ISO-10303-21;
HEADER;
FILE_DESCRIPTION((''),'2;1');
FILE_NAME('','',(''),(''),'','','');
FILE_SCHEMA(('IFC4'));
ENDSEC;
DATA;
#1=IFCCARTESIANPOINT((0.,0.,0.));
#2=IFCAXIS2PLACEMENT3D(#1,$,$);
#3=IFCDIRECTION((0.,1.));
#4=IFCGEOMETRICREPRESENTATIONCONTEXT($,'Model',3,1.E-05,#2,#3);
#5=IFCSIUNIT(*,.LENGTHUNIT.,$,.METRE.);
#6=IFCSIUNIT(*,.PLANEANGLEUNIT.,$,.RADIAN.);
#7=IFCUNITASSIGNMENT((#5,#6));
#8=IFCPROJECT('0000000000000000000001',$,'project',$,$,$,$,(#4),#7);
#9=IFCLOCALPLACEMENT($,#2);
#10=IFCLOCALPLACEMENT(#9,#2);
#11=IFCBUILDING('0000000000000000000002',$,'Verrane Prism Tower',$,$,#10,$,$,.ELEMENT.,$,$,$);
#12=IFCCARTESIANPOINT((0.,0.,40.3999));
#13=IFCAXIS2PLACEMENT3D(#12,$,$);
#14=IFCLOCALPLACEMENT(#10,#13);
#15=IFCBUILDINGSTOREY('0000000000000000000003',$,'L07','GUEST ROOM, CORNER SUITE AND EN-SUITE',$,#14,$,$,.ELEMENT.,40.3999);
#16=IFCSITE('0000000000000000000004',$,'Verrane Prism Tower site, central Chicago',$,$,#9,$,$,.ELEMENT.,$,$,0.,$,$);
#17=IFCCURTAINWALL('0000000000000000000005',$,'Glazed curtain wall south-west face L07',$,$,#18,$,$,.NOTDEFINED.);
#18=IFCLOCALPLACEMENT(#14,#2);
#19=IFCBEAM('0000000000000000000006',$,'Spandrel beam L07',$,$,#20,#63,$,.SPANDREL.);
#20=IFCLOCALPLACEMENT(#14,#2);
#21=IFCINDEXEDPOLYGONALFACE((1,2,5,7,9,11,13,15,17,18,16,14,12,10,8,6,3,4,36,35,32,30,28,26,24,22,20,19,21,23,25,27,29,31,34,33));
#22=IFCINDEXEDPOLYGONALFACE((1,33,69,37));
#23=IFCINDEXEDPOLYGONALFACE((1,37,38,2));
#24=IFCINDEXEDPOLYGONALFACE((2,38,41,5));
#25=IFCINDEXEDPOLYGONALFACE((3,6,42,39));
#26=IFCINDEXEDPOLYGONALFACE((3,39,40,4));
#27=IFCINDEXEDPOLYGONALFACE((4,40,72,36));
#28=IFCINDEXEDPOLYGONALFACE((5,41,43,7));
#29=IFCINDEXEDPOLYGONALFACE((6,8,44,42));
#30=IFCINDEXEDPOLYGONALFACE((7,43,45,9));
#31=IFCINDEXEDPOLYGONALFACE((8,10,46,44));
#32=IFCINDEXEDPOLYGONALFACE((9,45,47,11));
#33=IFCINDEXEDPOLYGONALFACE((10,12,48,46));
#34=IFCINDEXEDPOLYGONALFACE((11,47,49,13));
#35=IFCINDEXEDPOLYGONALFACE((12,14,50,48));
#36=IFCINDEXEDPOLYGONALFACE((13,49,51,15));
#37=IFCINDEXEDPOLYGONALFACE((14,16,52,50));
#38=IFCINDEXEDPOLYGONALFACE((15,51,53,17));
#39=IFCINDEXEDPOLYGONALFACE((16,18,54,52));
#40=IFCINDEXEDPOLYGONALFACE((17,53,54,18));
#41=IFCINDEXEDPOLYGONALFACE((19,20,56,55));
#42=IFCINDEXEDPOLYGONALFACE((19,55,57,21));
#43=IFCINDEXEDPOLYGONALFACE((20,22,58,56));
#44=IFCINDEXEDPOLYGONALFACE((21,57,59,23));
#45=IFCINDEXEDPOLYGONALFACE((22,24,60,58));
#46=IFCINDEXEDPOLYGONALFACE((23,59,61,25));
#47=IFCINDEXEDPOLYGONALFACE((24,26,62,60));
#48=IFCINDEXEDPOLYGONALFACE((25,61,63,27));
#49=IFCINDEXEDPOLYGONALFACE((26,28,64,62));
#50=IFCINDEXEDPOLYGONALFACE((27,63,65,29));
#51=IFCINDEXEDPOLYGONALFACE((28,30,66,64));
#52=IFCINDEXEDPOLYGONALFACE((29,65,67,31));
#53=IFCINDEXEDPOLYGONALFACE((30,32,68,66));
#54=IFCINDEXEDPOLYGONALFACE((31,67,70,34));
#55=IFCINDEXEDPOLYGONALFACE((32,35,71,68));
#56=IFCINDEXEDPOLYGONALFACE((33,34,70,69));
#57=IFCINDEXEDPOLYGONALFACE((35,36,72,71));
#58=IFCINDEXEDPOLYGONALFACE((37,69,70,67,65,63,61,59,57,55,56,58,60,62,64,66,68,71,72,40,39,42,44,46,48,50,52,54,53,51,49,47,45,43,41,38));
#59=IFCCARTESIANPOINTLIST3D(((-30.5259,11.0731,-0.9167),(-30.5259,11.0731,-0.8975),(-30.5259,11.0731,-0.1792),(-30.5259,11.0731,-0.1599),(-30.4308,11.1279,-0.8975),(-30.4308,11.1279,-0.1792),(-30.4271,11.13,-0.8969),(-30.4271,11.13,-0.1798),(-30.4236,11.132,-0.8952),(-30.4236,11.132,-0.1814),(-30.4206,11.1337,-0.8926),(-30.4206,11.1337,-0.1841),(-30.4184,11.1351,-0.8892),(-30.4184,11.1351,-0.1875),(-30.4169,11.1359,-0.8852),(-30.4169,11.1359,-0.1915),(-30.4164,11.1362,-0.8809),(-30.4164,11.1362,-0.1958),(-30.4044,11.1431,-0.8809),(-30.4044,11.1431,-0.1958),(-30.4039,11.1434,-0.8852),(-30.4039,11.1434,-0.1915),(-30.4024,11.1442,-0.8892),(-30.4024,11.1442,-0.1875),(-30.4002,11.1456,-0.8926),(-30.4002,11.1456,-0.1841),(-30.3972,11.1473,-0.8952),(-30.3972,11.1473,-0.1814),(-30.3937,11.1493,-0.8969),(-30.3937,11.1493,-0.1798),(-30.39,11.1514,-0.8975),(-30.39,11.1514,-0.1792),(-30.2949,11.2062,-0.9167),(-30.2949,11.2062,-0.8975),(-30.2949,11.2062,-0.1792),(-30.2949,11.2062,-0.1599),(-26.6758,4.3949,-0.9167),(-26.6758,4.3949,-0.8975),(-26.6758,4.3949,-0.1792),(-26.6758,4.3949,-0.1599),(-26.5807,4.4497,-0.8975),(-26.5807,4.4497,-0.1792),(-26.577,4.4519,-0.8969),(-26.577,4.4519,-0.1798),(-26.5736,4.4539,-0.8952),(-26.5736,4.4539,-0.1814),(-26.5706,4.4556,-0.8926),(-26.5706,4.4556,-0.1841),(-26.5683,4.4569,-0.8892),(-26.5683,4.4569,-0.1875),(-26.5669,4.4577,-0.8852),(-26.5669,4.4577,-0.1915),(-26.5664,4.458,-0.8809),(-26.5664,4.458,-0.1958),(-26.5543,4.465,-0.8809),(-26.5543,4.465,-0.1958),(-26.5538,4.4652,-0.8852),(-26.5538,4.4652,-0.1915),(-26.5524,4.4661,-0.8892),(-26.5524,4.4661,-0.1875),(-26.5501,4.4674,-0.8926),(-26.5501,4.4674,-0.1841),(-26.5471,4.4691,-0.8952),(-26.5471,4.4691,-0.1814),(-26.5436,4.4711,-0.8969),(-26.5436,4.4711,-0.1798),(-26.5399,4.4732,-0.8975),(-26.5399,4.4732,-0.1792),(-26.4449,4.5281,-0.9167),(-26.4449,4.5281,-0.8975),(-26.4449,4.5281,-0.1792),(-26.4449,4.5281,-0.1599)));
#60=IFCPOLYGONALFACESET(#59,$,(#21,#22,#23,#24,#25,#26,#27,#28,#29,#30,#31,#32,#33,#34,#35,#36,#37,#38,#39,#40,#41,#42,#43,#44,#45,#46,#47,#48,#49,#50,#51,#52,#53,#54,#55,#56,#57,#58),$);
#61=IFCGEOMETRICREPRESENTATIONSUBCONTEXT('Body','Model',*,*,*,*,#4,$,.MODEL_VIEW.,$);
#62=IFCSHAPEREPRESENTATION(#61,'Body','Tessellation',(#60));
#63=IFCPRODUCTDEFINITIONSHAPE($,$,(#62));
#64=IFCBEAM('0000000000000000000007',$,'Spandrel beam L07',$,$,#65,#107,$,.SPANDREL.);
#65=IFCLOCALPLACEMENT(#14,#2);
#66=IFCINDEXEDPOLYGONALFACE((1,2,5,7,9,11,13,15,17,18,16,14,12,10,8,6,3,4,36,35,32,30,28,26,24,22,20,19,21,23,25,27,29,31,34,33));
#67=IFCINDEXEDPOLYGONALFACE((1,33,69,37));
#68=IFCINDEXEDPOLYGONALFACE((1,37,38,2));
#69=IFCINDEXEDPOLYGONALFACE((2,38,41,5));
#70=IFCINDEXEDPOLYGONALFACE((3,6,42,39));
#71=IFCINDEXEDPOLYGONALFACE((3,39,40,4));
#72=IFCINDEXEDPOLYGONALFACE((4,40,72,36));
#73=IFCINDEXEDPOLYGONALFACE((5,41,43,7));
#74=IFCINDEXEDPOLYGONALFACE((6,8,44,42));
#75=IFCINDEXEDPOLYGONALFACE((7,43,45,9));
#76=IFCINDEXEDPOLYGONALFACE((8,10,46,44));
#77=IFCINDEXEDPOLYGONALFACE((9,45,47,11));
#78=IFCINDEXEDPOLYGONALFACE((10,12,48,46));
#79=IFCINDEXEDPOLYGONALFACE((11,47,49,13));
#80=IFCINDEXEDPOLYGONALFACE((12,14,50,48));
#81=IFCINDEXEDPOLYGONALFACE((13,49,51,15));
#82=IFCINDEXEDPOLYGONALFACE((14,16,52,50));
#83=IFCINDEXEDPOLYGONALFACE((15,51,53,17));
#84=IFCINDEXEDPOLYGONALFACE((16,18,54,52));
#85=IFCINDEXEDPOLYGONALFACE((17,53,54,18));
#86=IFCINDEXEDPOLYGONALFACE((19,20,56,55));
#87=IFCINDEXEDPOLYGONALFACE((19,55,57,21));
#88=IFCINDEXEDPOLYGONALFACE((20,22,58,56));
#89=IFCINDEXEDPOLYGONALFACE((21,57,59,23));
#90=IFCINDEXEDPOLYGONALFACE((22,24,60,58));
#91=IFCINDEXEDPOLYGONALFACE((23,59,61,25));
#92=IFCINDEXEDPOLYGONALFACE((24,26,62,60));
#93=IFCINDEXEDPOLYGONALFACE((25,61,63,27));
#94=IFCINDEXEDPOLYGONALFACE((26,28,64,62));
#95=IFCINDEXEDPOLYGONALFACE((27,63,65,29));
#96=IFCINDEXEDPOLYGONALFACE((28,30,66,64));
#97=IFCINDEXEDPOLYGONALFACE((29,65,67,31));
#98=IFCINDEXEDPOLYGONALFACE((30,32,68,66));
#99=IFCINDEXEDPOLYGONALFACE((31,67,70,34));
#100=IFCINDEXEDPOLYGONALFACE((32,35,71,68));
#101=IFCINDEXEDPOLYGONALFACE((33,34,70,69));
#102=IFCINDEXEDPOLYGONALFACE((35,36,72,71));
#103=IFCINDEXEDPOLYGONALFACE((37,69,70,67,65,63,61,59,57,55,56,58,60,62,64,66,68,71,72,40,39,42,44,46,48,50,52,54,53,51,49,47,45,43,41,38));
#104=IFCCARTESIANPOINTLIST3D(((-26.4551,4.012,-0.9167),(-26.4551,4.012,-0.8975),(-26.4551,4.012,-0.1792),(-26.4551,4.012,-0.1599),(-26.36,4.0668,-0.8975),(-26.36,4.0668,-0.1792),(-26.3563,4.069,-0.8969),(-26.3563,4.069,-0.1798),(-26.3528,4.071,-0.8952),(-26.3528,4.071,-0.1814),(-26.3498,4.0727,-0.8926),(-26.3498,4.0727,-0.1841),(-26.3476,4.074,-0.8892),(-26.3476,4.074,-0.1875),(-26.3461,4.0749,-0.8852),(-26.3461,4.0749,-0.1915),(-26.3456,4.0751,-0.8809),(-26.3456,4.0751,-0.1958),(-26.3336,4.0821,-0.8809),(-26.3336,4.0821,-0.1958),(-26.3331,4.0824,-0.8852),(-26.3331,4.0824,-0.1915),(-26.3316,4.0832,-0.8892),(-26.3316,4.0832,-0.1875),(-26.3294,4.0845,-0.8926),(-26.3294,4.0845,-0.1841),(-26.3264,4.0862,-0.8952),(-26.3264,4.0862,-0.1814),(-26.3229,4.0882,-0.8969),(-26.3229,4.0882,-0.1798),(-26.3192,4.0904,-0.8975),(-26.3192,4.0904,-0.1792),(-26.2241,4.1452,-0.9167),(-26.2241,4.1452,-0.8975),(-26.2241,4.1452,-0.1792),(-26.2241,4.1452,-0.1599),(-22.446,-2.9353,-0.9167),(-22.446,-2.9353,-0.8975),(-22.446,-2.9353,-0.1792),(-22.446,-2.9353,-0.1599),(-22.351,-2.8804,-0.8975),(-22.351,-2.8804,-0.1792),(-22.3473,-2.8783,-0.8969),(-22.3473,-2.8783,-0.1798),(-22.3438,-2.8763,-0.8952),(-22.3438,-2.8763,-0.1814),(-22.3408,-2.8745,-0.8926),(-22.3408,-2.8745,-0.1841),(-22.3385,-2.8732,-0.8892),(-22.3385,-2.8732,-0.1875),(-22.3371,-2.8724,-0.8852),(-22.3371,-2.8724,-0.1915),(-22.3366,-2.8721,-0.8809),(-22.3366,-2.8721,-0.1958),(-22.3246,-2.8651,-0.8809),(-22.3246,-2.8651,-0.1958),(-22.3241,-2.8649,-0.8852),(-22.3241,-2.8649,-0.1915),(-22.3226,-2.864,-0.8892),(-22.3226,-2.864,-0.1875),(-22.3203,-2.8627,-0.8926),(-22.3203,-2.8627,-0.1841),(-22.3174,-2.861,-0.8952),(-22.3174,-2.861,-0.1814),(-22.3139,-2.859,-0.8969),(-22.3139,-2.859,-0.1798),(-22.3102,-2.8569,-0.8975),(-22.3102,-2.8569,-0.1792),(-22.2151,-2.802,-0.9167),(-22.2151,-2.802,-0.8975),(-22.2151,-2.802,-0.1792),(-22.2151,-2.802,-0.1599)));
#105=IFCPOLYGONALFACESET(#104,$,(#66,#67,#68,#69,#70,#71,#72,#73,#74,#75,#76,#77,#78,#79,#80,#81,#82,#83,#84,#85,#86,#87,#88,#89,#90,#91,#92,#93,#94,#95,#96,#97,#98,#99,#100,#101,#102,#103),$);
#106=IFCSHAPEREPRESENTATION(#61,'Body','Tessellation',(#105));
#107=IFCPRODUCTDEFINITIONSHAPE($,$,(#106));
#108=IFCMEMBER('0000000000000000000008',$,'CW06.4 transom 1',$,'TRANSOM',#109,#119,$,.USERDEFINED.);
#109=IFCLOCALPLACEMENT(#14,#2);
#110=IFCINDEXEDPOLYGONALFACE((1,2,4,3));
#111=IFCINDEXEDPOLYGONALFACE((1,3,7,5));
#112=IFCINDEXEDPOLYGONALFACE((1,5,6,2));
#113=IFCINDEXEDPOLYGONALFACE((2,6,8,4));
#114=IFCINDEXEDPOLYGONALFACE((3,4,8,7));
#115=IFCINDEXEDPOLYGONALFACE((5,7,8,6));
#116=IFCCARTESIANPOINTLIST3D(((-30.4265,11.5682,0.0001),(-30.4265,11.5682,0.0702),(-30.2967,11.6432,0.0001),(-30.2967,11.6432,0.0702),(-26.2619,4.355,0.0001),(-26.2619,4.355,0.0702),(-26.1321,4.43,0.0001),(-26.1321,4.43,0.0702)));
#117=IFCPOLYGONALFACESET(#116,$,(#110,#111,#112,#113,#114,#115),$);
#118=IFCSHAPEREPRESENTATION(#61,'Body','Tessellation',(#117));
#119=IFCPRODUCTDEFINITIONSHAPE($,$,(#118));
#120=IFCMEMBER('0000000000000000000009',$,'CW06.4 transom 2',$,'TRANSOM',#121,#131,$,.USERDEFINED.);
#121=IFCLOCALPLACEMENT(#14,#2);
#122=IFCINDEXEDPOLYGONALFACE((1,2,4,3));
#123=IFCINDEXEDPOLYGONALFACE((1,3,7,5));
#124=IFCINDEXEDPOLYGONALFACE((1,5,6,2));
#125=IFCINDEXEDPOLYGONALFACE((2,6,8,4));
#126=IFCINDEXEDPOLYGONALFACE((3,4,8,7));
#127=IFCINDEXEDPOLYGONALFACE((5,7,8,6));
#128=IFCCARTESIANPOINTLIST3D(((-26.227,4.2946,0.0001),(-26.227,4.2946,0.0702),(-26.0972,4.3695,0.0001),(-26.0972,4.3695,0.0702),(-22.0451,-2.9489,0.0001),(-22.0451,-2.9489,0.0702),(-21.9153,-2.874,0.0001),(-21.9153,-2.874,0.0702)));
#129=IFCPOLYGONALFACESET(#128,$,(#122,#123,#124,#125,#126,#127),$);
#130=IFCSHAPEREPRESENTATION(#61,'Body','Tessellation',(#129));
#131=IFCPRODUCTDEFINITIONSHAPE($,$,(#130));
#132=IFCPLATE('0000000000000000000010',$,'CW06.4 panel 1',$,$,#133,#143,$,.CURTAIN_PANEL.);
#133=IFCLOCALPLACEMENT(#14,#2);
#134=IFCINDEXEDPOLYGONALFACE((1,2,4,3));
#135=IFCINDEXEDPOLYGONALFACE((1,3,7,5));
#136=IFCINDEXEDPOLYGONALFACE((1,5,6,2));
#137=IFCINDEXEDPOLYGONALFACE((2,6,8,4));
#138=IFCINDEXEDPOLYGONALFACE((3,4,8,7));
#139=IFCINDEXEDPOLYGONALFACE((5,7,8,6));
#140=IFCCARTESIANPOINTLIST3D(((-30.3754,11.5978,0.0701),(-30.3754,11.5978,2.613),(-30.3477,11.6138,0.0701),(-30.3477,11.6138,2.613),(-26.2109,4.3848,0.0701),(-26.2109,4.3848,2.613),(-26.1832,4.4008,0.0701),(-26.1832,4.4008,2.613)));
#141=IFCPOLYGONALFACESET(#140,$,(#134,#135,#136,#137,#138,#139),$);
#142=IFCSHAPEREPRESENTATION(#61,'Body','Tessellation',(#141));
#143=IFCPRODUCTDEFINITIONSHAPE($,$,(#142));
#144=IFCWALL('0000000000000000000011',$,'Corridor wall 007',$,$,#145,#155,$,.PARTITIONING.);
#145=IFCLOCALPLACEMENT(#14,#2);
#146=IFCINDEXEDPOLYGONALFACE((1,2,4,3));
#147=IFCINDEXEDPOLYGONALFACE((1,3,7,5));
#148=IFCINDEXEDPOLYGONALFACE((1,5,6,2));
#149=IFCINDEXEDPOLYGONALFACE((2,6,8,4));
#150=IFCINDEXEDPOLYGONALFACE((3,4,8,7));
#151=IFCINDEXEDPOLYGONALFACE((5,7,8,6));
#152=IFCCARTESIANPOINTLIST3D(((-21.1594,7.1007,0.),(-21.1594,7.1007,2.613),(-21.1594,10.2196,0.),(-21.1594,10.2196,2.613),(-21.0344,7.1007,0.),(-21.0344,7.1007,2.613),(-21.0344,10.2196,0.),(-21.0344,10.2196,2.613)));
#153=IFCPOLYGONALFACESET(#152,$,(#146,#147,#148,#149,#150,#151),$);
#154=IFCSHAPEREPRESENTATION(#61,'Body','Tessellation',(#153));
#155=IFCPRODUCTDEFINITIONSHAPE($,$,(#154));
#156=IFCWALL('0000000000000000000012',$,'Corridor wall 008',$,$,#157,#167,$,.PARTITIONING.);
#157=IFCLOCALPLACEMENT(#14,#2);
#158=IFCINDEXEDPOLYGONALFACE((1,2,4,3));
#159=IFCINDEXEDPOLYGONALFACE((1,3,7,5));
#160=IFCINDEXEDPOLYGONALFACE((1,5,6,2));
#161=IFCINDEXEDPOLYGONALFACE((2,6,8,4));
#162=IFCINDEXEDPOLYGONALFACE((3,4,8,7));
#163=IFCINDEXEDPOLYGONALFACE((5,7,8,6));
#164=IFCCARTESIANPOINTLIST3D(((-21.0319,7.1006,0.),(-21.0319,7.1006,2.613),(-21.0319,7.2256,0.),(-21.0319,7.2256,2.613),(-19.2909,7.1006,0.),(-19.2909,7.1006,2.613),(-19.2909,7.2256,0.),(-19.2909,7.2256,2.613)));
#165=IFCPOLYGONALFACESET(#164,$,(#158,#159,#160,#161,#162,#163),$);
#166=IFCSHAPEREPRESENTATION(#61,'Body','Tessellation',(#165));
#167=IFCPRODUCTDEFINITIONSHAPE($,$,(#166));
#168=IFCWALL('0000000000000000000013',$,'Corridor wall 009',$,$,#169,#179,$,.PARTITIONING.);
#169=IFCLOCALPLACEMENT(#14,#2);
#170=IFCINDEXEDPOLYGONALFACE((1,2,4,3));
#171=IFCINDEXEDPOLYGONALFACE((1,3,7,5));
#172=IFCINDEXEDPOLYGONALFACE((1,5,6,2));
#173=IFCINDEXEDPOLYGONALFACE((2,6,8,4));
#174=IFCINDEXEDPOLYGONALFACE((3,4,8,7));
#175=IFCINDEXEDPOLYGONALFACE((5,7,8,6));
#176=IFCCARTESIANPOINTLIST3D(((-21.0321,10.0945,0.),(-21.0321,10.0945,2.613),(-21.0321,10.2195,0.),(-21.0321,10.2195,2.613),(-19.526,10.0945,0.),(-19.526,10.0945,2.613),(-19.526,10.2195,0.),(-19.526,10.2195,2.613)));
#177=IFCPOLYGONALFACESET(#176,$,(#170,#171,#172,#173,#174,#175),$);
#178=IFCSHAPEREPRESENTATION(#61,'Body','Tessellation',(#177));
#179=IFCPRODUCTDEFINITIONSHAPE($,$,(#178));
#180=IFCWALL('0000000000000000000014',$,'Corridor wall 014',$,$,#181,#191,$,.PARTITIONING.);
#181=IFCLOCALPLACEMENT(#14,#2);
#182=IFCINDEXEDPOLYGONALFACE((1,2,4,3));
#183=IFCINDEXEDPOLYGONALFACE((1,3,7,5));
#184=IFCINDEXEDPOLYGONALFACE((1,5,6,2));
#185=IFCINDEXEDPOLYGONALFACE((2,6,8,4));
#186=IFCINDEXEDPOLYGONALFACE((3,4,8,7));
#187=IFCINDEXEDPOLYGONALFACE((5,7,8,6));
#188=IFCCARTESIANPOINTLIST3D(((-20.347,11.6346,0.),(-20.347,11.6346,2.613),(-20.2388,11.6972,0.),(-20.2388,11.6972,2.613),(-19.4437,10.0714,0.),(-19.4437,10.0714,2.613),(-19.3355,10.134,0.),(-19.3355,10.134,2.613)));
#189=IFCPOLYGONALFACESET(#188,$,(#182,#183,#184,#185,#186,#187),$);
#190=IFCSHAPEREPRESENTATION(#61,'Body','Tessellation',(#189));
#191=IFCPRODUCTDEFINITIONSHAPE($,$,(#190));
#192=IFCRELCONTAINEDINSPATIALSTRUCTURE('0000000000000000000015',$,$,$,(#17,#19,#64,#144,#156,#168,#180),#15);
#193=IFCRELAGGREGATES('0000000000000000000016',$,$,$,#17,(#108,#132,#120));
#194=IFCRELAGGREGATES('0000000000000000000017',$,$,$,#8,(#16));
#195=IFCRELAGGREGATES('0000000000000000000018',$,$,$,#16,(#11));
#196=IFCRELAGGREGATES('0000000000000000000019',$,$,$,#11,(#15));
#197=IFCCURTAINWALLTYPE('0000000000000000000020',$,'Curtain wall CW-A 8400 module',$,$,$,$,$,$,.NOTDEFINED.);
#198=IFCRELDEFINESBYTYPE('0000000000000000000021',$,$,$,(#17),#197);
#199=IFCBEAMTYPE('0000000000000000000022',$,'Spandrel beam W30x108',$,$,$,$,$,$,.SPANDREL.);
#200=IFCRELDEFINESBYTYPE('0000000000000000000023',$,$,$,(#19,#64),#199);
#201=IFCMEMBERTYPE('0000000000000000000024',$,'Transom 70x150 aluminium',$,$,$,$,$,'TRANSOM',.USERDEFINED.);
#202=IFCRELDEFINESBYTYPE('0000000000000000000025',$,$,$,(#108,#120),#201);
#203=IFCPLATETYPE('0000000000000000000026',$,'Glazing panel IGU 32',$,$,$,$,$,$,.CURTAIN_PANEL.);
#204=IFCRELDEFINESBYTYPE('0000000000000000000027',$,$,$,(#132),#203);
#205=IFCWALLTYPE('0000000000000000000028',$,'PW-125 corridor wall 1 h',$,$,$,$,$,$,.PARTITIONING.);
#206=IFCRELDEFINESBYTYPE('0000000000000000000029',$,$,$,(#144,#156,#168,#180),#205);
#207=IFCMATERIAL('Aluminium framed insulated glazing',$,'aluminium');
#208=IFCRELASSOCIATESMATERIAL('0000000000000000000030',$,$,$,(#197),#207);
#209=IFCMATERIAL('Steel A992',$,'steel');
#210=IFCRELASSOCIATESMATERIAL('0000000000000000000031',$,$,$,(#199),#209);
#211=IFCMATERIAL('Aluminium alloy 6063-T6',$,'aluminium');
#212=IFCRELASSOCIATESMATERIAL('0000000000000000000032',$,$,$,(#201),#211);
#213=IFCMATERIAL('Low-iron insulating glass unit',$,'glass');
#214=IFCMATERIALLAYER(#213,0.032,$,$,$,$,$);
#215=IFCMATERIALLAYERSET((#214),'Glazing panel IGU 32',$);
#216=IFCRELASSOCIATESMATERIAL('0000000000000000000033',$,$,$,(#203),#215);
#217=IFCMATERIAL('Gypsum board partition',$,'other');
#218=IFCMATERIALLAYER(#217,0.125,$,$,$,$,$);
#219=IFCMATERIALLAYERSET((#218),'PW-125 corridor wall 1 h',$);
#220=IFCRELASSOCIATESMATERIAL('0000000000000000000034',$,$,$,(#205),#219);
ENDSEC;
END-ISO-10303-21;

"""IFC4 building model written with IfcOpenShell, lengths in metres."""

from ifc_helpers import new_model, si_unit, direction, frame, frame_2d, origin, origin_2d, place, context, subcontext, project, spatial, rectangle, i_section, extrude, material, layer, layer_set, material_profile, profile_set, type_object, element, aggregate, save


model = new_model("IFC4")

# Units and contexts
model_context = context("Model", 3, precision=1e-05, world=origin(), true_north=direction((0.0, 1.0)))
body_context = subcontext(model_context, "Body", "Model", "MODEL_VIEW")
ifc_project = project(units=[si_unit("LENGTHUNIT", "METRE"), si_unit("PLANEANGLEUNIT", "RADIAN")], contexts=[model_context])

# Site, building, storey
site_placement = place(None, origin())
site = spatial("IfcSite", under=ifc_project, at=site_placement, Name="Verrane Prism Tower site, central Chicago", CompositionType="ELEMENT", RefElevation=0.0)
building_placement = place(site_placement, origin())
building = spatial("IfcBuilding", under=site, at=building_placement, Name="Verrane Prism Tower", CompositionType="ELEMENT")
storey_placement = place(building_placement, frame((0.0, 0.0, 40.3999)))
storey = spatial("IfcBuildingStorey", under=building, at=storey_placement, Name="L07", Description="GUEST ROOM, CORNER SUITE AND EN-SUITE", CompositionType="ELEMENT", Elevation=40.3999)

# Curtain wall
ifc_material_1 = material(Name="Aluminium framed insulated glazing", Category="aluminium")
curtain_wall_type = type_object("IfcCurtainWallType", Name="Curtain wall CW-A 8400 module", PredefinedType="NOTDEFINED", material=ifc_material_1)
curtain_wall_placement = place(storey_placement, origin())
curtain_wall = element("IfcCurtainWall", 1, at=curtain_wall_placement, inside=storey, type_object=curtain_wall_type, Name="Glazed curtain wall south-west face L07", PredefinedType="NOTDEFINED")

# Beams
ifc_material_2 = material(Name="Steel A992", Category="steel")
ifc_material_profile_1 = material_profile(ifc_material_2, i_section(OverallWidth=0.2666, OverallDepth=0.7568, WebThickness=0.0139, FlangeThickness=0.0193, FilletRadius=0.0166, at=origin_2d()), Name="W30x108")
ifc_profile_set_1 = profile_set([ifc_material_profile_1], Name="Steel A992")
beam_type_1 = type_object("IfcBeamType", Name="Spandrel beam W30x108", PredefinedType="SPANDREL", material=ifc_profile_set_1)
beam_1_placement = place(storey_placement, frame((-30.4104, 11.1396, -0.5383), z_axis=(0.499457, -0.866338, 0.0), x_axis=(0.866338, 0.499457, 0.0)))
element("IfcBeam", 2, at=beam_1_placement, inside=storey, type_object=beam_type_1, Name="Spandrel beam L07", PredefinedType="SPANDREL", context=body_context, shape_type="SweptSolid", body=[
    extrude(i_section(OverallWidth=0.2666, OverallDepth=0.7568, WebThickness=0.0139, FlangeThickness=0.0193, FilletRadius=0.0166, at=origin_2d()), origin(), (0.0, 0.0, 1.0), 7.7085),
])
beam_2_placement = place(storey_placement, frame((-26.3396, 4.0786, -0.5383), z_axis=(0.499816, -0.866132, 0.0), x_axis=(0.866132, 0.499816, 0.0)))
element("IfcBeam", 3, at=beam_2_placement, inside=storey, type_object=beam_type_1, Name="Spandrel beam L07", PredefinedType="SPANDREL", context=body_context, shape_type="SweptSolid", body=[
    extrude(i_section(OverallWidth=0.2666, OverallDepth=0.7568, WebThickness=0.0139, FlangeThickness=0.0193, FilletRadius=0.0166, at=origin_2d()), origin(), (0.0, 0.0, 1.0), 8.021),
])

# Members
ifc_material_3 = material(Name="Aluminium alloy 6063-T6", Category="aluminium")
ifc_material_profile_2 = material_profile(ifc_material_3, rectangle(XDim=0.1499, YDim=0.0701, at=origin_2d()), Name="Transom 70x150 aluminium")
ifc_profile_set_2 = profile_set([ifc_material_profile_2], Name="Aluminium alloy 6063-T6")
member_type_1 = type_object("IfcMemberType", Name="Transom 70x150 aluminium", ElementType="TRANSOM", PredefinedType="USERDEFINED", material=ifc_profile_set_2)
member_1_placement = place(storey_placement, frame((-30.3616, 11.6057, 0.0352), z_axis=(0.500004, -0.866023, 0.0), x_axis=(0.866023, 0.500004, 0.0)))
member_1 = element("IfcMember", 4, at=member_1_placement, type_object=member_type_1, Name="CW06.4 transom 1", ObjectType="TRANSOM", PredefinedType="USERDEFINED", context=body_context, shape_type="SweptSolid", body=[
    extrude(rectangle(XDim=0.1499, YDim=0.0701, at=origin_2d()), origin(), (0.0, 0.0, 1.0), 8.3291),
])
member_2_placement = place(storey_placement, frame((-26.1621, 4.332, 0.0352), z_axis=(0.499991, -0.866031, 0.0), x_axis=(0.866031, 0.499991, 0.0)))
member_2 = element("IfcMember", 5, at=member_2_placement, type_object=member_type_1, Name="CW06.4 transom 2", ObjectType="TRANSOM", PredefinedType="USERDEFINED", context=body_context, shape_type="SweptSolid", body=[
    extrude(rectangle(XDim=0.1499, YDim=0.0701, at=origin_2d()), origin(), (0.0, 0.0, 1.0), 8.364),
])

# Plate
ifc_material_4 = material(Name="Low-iron insulating glass unit", Category="glass")
ifc_layer_1 = layer(ifc_material_4, 0.032)
ifc_layer_set_1 = layer_set([ifc_layer_1], Name="Glazing panel IGU 32")
plate_type = type_object("IfcPlateType", Name="Glazing panel IGU 32", PredefinedType="CURTAIN_PANEL", material=ifc_layer_set_1)
plate_placement = place(storey_placement, frame((-28.2793, 7.9993, 0.0701), z_axis=(0.0, 0.0, 1.0), x_axis=(0.5, -0.866025, 0.0)))
plate = element("IfcPlate", 6, at=plate_placement, type_object=plate_type, Name="CW06.4 panel 1", PredefinedType="CURTAIN_PANEL", context=body_context, shape_type="SweptSolid", body=[
    extrude(rectangle(XDim=8.3289, YDim=0.032, at=origin_2d()), origin(), (0.0, 0.0, 1.0), 2.543),
])
aggregate(curtain_wall, [member_1, plate, member_2])

# Walls
ifc_material_5 = material(Name="Gypsum board partition", Category="other")
ifc_layer_2 = layer(ifc_material_5, 0.125)
ifc_layer_set_2 = layer_set([ifc_layer_2], Name="PW-125 corridor wall 1 h")
wall_type_1 = type_object("IfcWallType", Name="PW-125 corridor wall 1 h", PredefinedType="PARTITIONING", material=ifc_layer_set_2)
wall_1_placement = place(storey_placement, frame((-21.0969, 7.1006, 0.0), z_axis=(0.0, 0.0, 1.0), x_axis=(0.0, 1.0, 0.0)))
element("IfcWall", 7, at=wall_1_placement, inside=storey, type_object=wall_type_1, Name="Corridor wall 007", PredefinedType="PARTITIONING", context=body_context, shape_type="SweptSolid", body=[
    extrude(rectangle(XDim=3.1189, YDim=0.125, at=frame_2d((1.5596, 0.0))), origin(), (0.0, 0.0, 1.0), 2.613),
])
wall_2_placement = place(storey_placement, frame((-21.032, 7.1631, 0.0), z_axis=(0.0, 0.0, 1.0), x_axis=(1.0, 0.0, 0.0)))
element("IfcWall", 8, at=wall_2_placement, inside=storey, type_object=wall_type_1, Name="Corridor wall 008", PredefinedType="PARTITIONING", context=body_context, shape_type="SweptSolid", body=[
    extrude(rectangle(XDim=1.741, YDim=0.125, at=frame_2d((0.8706, 0.0))), origin(), (0.0, 0.0, 1.0), 2.613),
])
wall_3_placement = place(storey_placement, frame((-21.032, 10.157, 0.0), z_axis=(0.0, 0.0, 1.0), x_axis=(1.0, 0.0, 0.0)))
element("IfcWall", 9, at=wall_3_placement, inside=storey, type_object=wall_type_1, Name="Corridor wall 009", PredefinedType="PARTITIONING", context=body_context, shape_type="SweptSolid", body=[
    extrude(rectangle(XDim=1.5061, YDim=0.125, at=frame_2d((0.7529, 0.0))), origin(), (0.0, 0.0, 1.0), 2.613),
])
wall_4_placement = place(storey_placement, frame((-20.293, 11.666, 0.0), z_axis=(0.0, 0.0, 1.0), x_axis=(0.500327, -0.865836, 0.0)))
element("IfcWall", 10, at=wall_4_placement, inside=storey, type_object=wall_type_1, Name="Corridor wall 014", PredefinedType="PARTITIONING", context=body_context, shape_type="SweptSolid", body=[
    extrude(rectangle(XDim=1.8054, YDim=0.125, at=frame_2d((0.9028, 0.0))), origin(), (0.0, 0.0, 1.0), 2.613),
])

save(model, "model.ifc")
